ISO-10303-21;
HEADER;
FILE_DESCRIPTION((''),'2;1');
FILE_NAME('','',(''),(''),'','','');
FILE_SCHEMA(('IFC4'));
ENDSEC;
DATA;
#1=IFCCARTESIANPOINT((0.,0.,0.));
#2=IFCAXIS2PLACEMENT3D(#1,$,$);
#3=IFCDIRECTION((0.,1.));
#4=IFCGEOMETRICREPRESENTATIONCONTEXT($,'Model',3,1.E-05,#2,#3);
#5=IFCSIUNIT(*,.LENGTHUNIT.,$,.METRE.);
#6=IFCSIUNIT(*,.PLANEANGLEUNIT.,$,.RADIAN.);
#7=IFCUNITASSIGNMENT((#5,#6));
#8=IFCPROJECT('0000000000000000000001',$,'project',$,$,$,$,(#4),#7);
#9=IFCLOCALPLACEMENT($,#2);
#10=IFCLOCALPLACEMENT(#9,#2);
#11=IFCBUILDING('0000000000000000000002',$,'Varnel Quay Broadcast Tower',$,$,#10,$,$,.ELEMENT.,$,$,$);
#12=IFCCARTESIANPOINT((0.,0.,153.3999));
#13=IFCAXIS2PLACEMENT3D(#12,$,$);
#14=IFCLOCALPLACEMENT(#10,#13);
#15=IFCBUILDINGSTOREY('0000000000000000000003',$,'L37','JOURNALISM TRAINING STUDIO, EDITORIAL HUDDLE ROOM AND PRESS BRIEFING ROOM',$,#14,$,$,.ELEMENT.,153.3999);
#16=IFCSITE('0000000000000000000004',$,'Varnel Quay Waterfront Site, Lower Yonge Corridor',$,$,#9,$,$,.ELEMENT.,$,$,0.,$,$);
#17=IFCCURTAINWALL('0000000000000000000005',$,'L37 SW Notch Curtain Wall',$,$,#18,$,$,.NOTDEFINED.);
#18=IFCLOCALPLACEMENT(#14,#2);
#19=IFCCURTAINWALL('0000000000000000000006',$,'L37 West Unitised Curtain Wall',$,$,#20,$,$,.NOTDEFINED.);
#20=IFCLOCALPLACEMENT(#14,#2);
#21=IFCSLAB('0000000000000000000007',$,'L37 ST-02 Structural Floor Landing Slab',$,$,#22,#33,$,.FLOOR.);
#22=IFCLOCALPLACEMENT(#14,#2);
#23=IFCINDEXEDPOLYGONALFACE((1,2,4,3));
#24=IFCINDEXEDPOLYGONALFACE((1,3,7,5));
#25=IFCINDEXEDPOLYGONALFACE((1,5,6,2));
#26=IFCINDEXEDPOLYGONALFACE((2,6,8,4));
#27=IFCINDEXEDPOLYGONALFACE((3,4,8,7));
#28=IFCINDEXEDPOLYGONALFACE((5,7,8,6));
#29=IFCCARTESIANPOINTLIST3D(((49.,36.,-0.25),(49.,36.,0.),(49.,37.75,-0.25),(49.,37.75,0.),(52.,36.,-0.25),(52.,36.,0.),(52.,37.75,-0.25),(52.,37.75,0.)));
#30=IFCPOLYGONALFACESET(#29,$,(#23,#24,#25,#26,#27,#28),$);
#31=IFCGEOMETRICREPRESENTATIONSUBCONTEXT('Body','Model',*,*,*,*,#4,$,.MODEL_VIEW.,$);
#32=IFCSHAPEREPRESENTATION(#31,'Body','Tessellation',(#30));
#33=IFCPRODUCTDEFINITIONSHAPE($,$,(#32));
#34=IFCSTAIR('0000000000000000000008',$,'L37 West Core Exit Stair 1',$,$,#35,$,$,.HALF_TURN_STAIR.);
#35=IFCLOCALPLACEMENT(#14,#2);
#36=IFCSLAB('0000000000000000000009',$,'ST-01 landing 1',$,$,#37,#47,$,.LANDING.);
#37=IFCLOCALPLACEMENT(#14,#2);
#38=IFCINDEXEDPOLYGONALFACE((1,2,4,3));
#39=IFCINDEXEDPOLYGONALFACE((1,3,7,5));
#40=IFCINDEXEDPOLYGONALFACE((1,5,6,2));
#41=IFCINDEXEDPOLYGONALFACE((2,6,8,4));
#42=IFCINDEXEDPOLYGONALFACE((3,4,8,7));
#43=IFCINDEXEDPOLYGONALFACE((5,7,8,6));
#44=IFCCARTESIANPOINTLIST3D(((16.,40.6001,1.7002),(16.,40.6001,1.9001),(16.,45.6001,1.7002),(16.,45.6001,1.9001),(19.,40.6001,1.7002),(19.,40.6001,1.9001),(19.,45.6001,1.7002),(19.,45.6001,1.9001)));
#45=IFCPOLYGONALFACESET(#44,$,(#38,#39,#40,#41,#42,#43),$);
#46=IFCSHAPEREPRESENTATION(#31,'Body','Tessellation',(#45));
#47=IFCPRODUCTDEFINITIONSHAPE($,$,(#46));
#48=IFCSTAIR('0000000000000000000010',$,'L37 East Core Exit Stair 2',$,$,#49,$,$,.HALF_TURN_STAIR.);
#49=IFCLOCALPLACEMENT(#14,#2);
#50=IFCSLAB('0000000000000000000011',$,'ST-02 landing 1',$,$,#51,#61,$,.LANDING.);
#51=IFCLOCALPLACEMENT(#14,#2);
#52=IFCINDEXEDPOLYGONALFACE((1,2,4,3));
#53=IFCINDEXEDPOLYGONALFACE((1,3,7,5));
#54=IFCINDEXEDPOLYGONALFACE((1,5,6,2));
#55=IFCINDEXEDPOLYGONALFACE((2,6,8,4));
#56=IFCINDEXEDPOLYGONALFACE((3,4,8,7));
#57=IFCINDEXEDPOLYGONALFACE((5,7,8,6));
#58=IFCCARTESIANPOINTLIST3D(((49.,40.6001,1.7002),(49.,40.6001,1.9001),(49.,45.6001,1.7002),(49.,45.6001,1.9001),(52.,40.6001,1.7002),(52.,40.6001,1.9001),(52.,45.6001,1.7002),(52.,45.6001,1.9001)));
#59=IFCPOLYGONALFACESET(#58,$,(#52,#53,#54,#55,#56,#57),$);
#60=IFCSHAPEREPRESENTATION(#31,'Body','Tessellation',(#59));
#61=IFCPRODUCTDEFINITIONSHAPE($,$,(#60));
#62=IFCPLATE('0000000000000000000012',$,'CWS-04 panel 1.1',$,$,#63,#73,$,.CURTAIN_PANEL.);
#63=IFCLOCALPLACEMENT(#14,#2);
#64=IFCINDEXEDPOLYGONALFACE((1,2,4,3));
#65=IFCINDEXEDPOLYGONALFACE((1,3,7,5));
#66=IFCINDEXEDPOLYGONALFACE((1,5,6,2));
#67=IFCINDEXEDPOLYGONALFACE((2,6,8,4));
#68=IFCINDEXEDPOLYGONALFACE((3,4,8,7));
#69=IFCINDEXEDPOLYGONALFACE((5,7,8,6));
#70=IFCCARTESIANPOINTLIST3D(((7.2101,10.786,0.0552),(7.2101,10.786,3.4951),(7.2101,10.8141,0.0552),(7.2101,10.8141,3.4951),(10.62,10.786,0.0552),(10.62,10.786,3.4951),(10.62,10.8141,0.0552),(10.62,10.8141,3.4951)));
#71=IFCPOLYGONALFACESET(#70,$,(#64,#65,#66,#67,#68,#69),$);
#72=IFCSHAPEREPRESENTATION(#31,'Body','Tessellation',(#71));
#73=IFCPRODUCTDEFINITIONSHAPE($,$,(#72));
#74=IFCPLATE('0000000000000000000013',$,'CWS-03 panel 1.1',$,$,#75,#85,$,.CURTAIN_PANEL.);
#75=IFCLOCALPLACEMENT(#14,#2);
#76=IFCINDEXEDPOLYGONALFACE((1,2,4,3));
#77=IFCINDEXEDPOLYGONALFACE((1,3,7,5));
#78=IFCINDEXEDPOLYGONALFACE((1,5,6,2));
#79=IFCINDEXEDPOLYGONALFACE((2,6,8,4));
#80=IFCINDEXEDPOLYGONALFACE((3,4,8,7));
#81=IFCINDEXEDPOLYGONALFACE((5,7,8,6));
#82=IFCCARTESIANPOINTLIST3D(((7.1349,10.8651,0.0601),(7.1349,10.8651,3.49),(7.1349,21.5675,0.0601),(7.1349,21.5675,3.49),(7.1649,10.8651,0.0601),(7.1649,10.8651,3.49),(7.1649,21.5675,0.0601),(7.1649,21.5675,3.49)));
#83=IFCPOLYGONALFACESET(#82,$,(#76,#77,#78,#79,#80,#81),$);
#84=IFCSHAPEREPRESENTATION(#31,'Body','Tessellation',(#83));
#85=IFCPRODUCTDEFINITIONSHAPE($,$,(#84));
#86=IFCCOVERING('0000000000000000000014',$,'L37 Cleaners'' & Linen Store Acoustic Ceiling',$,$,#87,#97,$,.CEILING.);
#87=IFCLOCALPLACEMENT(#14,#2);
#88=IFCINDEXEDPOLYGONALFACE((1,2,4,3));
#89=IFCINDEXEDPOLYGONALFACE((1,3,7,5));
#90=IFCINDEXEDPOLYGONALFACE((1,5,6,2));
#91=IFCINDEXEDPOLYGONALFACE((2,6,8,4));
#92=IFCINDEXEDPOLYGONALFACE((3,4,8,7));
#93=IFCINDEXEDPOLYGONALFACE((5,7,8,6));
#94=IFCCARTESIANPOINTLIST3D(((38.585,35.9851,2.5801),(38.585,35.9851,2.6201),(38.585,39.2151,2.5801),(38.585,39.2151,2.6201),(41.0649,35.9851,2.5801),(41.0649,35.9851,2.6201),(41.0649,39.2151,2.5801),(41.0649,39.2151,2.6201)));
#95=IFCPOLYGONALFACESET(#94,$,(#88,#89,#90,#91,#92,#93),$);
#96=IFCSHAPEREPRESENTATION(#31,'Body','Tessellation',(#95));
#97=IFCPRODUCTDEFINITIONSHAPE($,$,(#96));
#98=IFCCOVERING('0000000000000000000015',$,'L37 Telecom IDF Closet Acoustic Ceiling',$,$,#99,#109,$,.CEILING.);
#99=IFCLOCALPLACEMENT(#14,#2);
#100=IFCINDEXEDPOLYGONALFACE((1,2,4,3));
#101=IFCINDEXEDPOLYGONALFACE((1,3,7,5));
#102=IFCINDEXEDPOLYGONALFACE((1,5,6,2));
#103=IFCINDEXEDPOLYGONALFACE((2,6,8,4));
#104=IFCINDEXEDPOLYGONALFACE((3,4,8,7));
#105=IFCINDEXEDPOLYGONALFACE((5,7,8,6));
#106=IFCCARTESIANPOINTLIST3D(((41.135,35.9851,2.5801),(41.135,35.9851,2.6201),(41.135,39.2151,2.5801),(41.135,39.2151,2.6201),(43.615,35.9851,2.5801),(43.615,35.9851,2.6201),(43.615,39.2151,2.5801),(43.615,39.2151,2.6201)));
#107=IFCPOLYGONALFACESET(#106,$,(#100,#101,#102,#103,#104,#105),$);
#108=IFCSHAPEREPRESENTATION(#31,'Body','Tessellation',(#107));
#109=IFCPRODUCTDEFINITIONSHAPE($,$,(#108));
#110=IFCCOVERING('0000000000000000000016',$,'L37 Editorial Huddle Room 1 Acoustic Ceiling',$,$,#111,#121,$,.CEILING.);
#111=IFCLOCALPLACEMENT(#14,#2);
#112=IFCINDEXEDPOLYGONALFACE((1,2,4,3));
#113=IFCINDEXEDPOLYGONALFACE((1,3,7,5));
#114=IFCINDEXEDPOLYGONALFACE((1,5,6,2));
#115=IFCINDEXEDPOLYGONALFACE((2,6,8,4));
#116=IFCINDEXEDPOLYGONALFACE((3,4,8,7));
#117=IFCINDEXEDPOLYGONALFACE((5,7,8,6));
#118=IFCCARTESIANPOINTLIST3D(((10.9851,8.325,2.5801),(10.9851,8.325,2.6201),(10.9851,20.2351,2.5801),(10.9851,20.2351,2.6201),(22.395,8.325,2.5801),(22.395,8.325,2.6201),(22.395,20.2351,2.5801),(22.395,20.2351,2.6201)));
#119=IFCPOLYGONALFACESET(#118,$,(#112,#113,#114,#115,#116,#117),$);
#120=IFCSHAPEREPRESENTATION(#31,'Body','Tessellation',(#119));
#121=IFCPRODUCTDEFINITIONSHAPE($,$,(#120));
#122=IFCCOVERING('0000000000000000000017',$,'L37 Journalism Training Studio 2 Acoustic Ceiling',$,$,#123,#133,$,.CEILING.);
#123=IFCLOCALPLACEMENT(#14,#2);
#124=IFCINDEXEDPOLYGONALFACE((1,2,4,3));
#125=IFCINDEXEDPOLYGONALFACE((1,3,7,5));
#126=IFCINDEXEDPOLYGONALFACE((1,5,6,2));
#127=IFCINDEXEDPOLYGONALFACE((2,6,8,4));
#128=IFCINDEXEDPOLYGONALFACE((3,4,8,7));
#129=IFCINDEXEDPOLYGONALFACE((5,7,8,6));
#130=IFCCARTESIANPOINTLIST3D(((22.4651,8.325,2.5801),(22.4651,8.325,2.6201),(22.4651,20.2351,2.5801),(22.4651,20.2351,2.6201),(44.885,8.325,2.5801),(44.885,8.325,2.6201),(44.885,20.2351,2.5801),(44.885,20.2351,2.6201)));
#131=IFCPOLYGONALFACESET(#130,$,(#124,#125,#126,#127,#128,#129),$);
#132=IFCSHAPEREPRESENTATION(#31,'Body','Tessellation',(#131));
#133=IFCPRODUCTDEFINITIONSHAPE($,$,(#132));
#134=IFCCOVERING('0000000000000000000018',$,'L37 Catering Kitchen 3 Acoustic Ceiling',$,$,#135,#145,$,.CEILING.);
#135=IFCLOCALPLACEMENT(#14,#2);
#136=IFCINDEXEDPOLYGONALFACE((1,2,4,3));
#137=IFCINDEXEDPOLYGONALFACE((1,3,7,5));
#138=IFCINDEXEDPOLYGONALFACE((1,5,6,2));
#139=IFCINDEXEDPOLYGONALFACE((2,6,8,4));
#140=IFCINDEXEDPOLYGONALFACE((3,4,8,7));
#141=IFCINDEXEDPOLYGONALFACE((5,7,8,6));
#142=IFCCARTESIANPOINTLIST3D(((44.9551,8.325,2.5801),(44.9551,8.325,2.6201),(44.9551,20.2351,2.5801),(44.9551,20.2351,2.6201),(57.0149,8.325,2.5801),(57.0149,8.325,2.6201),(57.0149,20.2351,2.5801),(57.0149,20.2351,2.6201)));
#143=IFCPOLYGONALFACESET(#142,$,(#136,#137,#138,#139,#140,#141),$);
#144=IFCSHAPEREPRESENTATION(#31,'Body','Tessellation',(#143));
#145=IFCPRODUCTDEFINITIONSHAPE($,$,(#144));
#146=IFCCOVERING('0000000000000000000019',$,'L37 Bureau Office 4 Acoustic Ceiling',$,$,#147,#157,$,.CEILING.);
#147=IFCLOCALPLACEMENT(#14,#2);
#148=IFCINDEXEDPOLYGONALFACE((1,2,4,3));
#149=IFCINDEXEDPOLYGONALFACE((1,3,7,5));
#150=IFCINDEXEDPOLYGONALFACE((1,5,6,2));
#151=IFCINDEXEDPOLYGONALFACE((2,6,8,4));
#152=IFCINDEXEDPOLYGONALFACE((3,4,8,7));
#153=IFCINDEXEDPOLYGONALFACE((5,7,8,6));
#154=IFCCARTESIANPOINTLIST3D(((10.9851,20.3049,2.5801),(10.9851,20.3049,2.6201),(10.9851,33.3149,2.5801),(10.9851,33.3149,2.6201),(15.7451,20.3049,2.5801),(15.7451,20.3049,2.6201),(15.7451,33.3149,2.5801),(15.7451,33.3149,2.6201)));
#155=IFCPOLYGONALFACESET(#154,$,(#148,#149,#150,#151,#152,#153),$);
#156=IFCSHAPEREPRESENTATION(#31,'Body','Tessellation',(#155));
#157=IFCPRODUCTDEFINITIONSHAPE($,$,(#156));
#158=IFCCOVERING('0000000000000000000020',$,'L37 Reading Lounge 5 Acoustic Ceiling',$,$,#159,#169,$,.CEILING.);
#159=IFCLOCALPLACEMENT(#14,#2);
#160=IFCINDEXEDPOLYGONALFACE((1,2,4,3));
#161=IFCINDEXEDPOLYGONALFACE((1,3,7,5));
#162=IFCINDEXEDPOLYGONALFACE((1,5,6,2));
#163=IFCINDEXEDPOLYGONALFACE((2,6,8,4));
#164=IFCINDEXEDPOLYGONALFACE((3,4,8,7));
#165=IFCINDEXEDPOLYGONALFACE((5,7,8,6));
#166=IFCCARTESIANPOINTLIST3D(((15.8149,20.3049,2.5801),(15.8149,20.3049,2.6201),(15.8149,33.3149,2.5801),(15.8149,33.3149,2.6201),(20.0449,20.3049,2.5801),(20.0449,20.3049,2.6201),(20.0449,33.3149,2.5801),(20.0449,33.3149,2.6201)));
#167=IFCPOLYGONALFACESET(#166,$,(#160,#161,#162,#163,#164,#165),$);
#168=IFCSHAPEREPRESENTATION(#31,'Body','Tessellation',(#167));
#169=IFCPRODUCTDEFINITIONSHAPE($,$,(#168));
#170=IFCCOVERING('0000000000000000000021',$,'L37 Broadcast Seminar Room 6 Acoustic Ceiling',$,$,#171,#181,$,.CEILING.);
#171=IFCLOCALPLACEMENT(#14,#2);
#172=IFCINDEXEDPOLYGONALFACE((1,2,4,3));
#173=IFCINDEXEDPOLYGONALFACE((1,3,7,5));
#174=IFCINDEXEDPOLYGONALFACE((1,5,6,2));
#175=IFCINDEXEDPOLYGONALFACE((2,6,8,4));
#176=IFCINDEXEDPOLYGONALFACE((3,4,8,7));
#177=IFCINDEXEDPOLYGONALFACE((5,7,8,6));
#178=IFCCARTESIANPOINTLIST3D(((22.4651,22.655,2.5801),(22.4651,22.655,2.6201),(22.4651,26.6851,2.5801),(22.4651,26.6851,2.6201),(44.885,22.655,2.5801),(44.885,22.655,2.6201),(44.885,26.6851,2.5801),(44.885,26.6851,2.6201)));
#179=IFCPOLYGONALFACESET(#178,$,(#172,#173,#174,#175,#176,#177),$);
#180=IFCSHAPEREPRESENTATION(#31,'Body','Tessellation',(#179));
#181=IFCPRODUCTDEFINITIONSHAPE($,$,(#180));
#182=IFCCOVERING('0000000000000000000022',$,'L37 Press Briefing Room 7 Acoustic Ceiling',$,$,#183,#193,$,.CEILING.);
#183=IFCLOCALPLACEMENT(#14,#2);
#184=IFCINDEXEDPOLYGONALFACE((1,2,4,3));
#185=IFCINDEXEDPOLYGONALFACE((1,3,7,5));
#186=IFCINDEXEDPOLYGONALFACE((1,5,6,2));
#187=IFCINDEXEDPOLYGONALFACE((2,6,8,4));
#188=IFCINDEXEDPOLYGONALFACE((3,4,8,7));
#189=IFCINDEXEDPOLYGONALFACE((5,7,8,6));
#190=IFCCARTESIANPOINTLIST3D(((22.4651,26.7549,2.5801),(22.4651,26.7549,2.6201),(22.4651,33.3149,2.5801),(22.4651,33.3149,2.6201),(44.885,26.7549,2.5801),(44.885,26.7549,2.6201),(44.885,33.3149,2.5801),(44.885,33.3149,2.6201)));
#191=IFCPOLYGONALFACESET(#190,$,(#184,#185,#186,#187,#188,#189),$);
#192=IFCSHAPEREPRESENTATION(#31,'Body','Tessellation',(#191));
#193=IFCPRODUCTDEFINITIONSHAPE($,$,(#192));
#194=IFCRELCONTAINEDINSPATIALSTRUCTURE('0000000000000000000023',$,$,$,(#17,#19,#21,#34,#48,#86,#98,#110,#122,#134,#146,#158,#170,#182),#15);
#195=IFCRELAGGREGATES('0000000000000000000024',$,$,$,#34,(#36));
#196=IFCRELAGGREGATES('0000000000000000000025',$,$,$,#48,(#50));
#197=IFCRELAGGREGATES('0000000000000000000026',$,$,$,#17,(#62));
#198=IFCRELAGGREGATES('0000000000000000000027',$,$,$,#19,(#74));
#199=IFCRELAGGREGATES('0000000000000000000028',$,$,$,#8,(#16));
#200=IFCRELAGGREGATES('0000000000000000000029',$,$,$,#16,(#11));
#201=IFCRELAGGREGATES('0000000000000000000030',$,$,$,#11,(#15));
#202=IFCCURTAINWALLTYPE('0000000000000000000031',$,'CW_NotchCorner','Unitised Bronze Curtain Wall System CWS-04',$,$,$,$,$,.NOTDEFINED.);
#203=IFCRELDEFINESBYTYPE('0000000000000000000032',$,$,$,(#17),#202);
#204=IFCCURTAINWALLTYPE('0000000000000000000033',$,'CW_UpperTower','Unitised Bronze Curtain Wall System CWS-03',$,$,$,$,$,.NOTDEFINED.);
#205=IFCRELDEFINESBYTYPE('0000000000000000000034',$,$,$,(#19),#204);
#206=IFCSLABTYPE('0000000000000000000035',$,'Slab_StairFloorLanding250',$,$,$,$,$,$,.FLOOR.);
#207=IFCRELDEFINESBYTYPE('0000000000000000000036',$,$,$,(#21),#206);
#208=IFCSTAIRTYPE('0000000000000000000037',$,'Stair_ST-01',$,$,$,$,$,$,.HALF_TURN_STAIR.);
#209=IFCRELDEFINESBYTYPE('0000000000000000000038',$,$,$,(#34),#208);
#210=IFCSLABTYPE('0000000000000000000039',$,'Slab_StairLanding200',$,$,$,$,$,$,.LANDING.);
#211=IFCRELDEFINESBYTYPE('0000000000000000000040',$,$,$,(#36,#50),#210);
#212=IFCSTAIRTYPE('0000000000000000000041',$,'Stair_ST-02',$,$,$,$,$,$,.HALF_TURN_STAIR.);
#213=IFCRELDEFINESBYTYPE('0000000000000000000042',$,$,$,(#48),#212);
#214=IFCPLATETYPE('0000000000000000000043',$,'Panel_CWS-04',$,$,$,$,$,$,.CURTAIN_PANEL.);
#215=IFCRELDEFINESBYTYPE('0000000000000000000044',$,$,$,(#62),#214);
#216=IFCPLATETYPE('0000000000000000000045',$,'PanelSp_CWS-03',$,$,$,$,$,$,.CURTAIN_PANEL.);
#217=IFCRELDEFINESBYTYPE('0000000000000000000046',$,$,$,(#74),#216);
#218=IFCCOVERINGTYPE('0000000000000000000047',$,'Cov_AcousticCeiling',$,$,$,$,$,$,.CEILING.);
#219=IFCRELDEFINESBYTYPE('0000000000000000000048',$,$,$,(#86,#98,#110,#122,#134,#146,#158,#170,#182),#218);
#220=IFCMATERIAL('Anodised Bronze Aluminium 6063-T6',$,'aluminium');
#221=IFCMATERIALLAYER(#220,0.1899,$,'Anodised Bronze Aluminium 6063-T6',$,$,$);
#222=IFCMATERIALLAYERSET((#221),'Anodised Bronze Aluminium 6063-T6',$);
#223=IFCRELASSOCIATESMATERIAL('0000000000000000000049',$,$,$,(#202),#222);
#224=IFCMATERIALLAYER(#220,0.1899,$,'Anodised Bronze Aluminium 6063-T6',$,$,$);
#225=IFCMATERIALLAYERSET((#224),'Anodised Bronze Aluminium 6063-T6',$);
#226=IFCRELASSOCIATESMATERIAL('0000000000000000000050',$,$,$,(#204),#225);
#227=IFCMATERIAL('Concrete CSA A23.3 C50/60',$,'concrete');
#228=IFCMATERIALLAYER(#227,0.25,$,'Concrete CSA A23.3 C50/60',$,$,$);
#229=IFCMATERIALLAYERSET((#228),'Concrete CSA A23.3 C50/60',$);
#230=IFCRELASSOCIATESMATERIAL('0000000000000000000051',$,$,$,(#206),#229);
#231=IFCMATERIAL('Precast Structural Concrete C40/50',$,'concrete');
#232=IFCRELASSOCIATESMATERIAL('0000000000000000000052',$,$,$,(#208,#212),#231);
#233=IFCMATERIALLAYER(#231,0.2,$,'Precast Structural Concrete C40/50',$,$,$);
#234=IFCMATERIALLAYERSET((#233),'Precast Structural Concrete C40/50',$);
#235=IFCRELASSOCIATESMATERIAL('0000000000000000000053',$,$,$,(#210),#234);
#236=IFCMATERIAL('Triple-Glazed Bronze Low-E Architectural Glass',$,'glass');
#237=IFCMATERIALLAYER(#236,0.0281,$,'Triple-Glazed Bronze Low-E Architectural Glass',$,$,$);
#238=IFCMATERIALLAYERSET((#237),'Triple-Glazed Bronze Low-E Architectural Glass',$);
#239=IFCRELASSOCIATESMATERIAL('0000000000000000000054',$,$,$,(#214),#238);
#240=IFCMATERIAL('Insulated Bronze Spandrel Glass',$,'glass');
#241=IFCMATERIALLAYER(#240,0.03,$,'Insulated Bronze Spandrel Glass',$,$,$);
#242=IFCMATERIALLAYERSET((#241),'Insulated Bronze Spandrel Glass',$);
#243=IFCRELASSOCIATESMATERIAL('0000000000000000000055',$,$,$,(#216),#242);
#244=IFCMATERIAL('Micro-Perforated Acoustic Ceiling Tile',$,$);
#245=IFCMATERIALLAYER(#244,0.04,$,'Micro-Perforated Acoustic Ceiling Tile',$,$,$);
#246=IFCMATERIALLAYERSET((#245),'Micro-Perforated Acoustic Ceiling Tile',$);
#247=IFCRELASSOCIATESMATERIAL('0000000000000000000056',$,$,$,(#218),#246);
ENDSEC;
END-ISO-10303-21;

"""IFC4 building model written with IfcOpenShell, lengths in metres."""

from ifc_helpers import new_model, si_unit, direction, frame, origin, origin_2d, place, context, subcontext, project, spatial, polyline, rectangle, outline, extrude, source, transform, mapped, material, layer, layer_set, type_object, type_shapes, element, aggregate, save


model = new_model("IFC4")

# Units and contexts
model_context = context("Model", 3, precision=1e-05, world=origin(), true_north=direction((0.0, 1.0)))
body_context = subcontext(model_context, "Body", "Model", "MODEL_VIEW")
ifc_project = project(units=[si_unit("LENGTHUNIT", "METRE"), si_unit("PLANEANGLEUNIT", "RADIAN")], contexts=[model_context])

# Site, building, storey
site_placement = place(None, origin())
site = spatial("IfcSite", under=ifc_project, at=site_placement, Name="Varnel Quay Waterfront Site, Lower Yonge Corridor", CompositionType="ELEMENT", RefElevation=0.0)
building_placement = place(site_placement, origin())
building = spatial("IfcBuilding", under=site, at=building_placement, Name="Varnel Quay Broadcast Tower", CompositionType="ELEMENT")
storey_placement = place(building_placement, frame((0.0, 0.0, 153.3999)))
storey = spatial("IfcBuildingStorey", under=building, at=storey_placement, Name="L37", Description="JOURNALISM TRAINING STUDIO, EDITORIAL HUDDLE ROOM AND PRESS BRIEFING ROOM", CompositionType="ELEMENT", Elevation=153.3999)

# Curtain walls
ifc_material_1 = material(Name="Anodised Bronze Aluminium 6063-T6", Category="aluminium")
ifc_layer_1 = layer(ifc_material_1, 0.1899, Name="Anodised Bronze Aluminium 6063-T6")
ifc_layer_set_1 = layer_set([ifc_layer_1], Name="Anodised Bronze Aluminium 6063-T6")
curtain_wall_type_1 = type_object("IfcCurtainWallType", Name="CW_NotchCorner", Description="Unitised Bronze Curtain Wall System CWS-04", PredefinedType="NOTDEFINED", material=ifc_layer_set_1)
curtain_wall_1_placement = place(storey_placement, origin())
curtain_wall_1 = element("IfcCurtainWall", 1, at=curtain_wall_1_placement, inside=storey, type_object=curtain_wall_type_1, Name="L37 SW Notch Curtain Wall", PredefinedType="NOTDEFINED")
ifc_layer_2 = layer(ifc_material_1, 0.1899, Name="Anodised Bronze Aluminium 6063-T6")
ifc_layer_set_2 = layer_set([ifc_layer_2], Name="Anodised Bronze Aluminium 6063-T6")
curtain_wall_type_2 = type_object("IfcCurtainWallType", Name="CW_UpperTower", Description="Unitised Bronze Curtain Wall System CWS-03", PredefinedType="NOTDEFINED", material=ifc_layer_set_2)
curtain_wall_2_placement = place(storey_placement, origin())
curtain_wall_2 = element("IfcCurtainWall", 2, at=curtain_wall_2_placement, inside=storey, type_object=curtain_wall_type_2, Name="L37 West Unitised Curtain Wall", PredefinedType="NOTDEFINED")

# Slab
ifc_material_2 = material(Name="Concrete CSA A23.3 C50/60", Category="concrete")
ifc_layer_3 = layer(ifc_material_2, 0.25, Name="Concrete CSA A23.3 C50/60")
ifc_layer_set_3 = layer_set([ifc_layer_3], Name="Concrete CSA A23.3 C50/60")
slab_type_1 = type_object("IfcSlabType", Name="Slab_StairFloorLanding250", PredefinedType="FLOOR", material=ifc_layer_set_3)
slab_1_placement = place(storey_placement, frame((0.0, 0.0, -0.25)))
element("IfcSlab", 3, at=slab_1_placement, inside=storey, type_object=slab_type_1, Name="L37 ST-02 Structural Floor Landing Slab", PredefinedType="FLOOR", context=body_context, shape_type="SweptSolid", body=[
    extrude(outline(polyline([(52.0, 36.0), (52.0, 37.75), (49.0, 37.75), (49.0, 36.0), (52.0, 36.0)])), origin(), (0.0, 0.0, 1.0), 0.25),
])

# Stairs, slabs
ifc_material_3 = material(Name="Precast Structural Concrete C40/50", Category="concrete")
stair_type_1 = type_object("IfcStairType", Name="Stair_ST-01", PredefinedType="HALF_TURN_STAIR", material=ifc_material_3)
stair_1_placement = place(storey_placement, origin())
stair_1 = element("IfcStair", 4, at=stair_1_placement, inside=storey, type_object=stair_type_1, Name="L37 West Core Exit Stair 1", PredefinedType="HALF_TURN_STAIR")
ifc_layer_4 = layer(ifc_material_3, 0.2, Name="Precast Structural Concrete C40/50")
ifc_layer_set_4 = layer_set([ifc_layer_4], Name="Precast Structural Concrete C40/50")
slab_type_2 = type_object("IfcSlabType", Name="Slab_StairLanding200", PredefinedType="LANDING", material=ifc_layer_set_4)
slab_2_placement = place(storey_placement, frame((0.0, 0.0, 1.7002)))
slab_2 = element("IfcSlab", 5, at=slab_2_placement, type_object=slab_type_2, Name="ST-01 landing 1", PredefinedType="LANDING", context=body_context, shape_type="SweptSolid", body=[
    extrude(outline(polyline([(19.0, 40.6001), (19.0, 45.6001), (16.0, 45.6001), (16.0, 40.6001), (19.0, 40.6001)])), origin(), (0.0, 0.0, 1.0), 0.2),
])
aggregate(stair_1, [slab_2])
stair_type_2 = type_object("IfcStairType", Name="Stair_ST-02", PredefinedType="HALF_TURN_STAIR", material=ifc_material_3)
stair_2_placement = place(storey_placement, origin())
stair_2 = element("IfcStair", 6, at=stair_2_placement, inside=storey, type_object=stair_type_2, Name="L37 East Core Exit Stair 2", PredefinedType="HALF_TURN_STAIR")
slab_3_placement = place(storey_placement, frame((0.0, 0.0, 1.7002)))
slab_3 = element("IfcSlab", 7, at=slab_3_placement, type_object=slab_type_2, Name="ST-02 landing 1", PredefinedType="LANDING", context=body_context, shape_type="SweptSolid", body=[
    extrude(outline(polyline([(52.0, 40.6001), (52.0, 45.6001), (49.0, 45.6001), (49.0, 40.6001), (52.0, 40.6001)])), origin(), (0.0, 0.0, 1.0), 0.2),
])
aggregate(stair_2, [slab_3])

# Plates
ifc_material_4 = material(Name="Triple-Glazed Bronze Low-E Architectural Glass", Category="glass")
ifc_layer_5 = layer(ifc_material_4, 0.0281, Name="Triple-Glazed Bronze Low-E Architectural Glass")
ifc_layer_set_5 = layer_set([ifc_layer_5], Name="Triple-Glazed Bronze Low-E Architectural Glass")
plate_type_1 = type_object("IfcPlateType", Name="Panel_CWS-04", PredefinedType="CURTAIN_PANEL", material=ifc_layer_set_5)
shared_shape_1 = source(origin(), body_context, "Body", "SweptSolid", [
    extrude(rectangle(XDim=3.4099, YDim=0.0281, at=origin_2d()), origin(), (0.0, 0.0, 1.0), 3.4399),
])
type_shapes(plate_type_1, [shared_shape_1])
plate_1_placement = place(storey_placement, frame((8.915, 10.8, 0.0552), z_axis=(0.0, 0.0, 1.0), x_axis=(1.0, 0.0, 0.0)))
plate_1 = element("IfcPlate", 8, at=plate_1_placement, type_object=plate_type_1, Name="CWS-04 panel 1.1", PredefinedType="CURTAIN_PANEL", context=body_context, shape_type="MappedRepresentation", body=[
    mapped(shared_shape_1, transform((0.0, 0.0, 0.0), x_axis=(1.0, 0.0, 0.0), y_axis=(0.0, 1.0, 0.0), z_axis=(0.0, 0.0, 1.0), scale=1.0)),
])
aggregate(curtain_wall_1, [plate_1])
ifc_material_5 = material(Name="Insulated Bronze Spandrel Glass", Category="glass")
ifc_layer_6 = layer(ifc_material_5, 0.03, Name="Insulated Bronze Spandrel Glass")
ifc_layer_set_6 = layer_set([ifc_layer_6], Name="Insulated Bronze Spandrel Glass")
plate_type_2 = type_object("IfcPlateType", Name="PanelSp_CWS-03", PredefinedType="CURTAIN_PANEL", material=ifc_layer_set_6)
shared_shape_2 = source(origin(), body_context, "Body", "SweptSolid", [
    extrude(rectangle(XDim=10.7024, YDim=0.03, at=origin_2d()), origin(), (0.0, 0.0, 1.0), 3.4299),
])
type_shapes(plate_type_2, [shared_shape_2])
plate_2_placement = place(storey_placement, frame((7.1499, 16.2163, 0.0601), z_axis=(0.0, 0.0, 1.0), x_axis=(0.0, 1.0, 0.0)))
plate_2 = element("IfcPlate", 9, at=plate_2_placement, type_object=plate_type_2, Name="CWS-03 panel 1.1", PredefinedType="CURTAIN_PANEL", context=body_context, shape_type="MappedRepresentation", body=[
    mapped(shared_shape_2, transform((0.0, 0.0, 0.0), x_axis=(1.0, 0.0, 0.0), y_axis=(0.0, 1.0, 0.0), z_axis=(0.0, 0.0, 1.0), scale=1.0)),
])
aggregate(curtain_wall_2, [plate_2])

# Coverings
ifc_material_6 = material(Name="Micro-Perforated Acoustic Ceiling Tile")
ifc_layer_7 = layer(ifc_material_6, 0.04, Name="Micro-Perforated Acoustic Ceiling Tile")
ifc_layer_set_7 = layer_set([ifc_layer_7], Name="Micro-Perforated Acoustic Ceiling Tile")
covering_type_1 = type_object("IfcCoveringType", Name="Cov_AcousticCeiling", PredefinedType="CEILING", material=ifc_layer_set_7)
covering_1_placement = place(storey_placement, frame((0.0, 0.0, 2.5801)))
element("IfcCovering", 10, at=covering_1_placement, inside=storey, type_object=covering_type_1, Name="L37 Cleaners' & Linen Store Acoustic Ceiling", PredefinedType="CEILING", context=body_context, shape_type="SweptSolid", body=[
    extrude(outline(polyline([(38.585, 35.9851), (41.0649, 35.9851), (41.0649, 39.2151), (38.585, 39.2151), (38.585, 35.9851)])), origin(), (0.0, 0.0, 1.0), 0.04),
])
covering_2_placement = place(storey_placement, frame((0.0, 0.0, 2.5801)))
element("IfcCovering", 11, at=covering_2_placement, inside=storey, type_object=covering_type_1, Name="L37 Telecom IDF Closet Acoustic Ceiling", PredefinedType="CEILING", context=body_context, shape_type="SweptSolid", body=[
    extrude(outline(polyline([(41.135, 35.9851), (43.615, 35.9851), (43.615, 39.2151), (41.135, 39.2151), (41.135, 35.9851)])), origin(), (0.0, 0.0, 1.0), 0.04),
])
covering_3_placement = place(storey_placement, frame((0.0, 0.0, 2.5801)))
element("IfcCovering", 12, at=covering_3_placement, inside=storey, type_object=covering_type_1, Name="L37 Editorial Huddle Room 1 Acoustic Ceiling", PredefinedType="CEILING", context=body_context, shape_type="SweptSolid", body=[
    extrude(outline(polyline([(10.9851, 8.325), (22.395, 8.325), (22.395, 20.2351), (10.9851, 20.2351), (10.9851, 8.325)])), origin(), (0.0, 0.0, 1.0), 0.04),
])
covering_4_placement = place(storey_placement, frame((0.0, 0.0, 2.5801)))
element("IfcCovering", 13, at=covering_4_placement, inside=storey, type_object=covering_type_1, Name="L37 Journalism Training Studio 2 Acoustic Ceiling", PredefinedType="CEILING", context=body_context, shape_type="SweptSolid", body=[
    extrude(outline(polyline([(22.4651, 8.325), (44.885, 8.325), (44.885, 20.2351), (22.4651, 20.2351), (22.4651, 8.325)])), origin(), (0.0, 0.0, 1.0), 0.04),
])
covering_5_placement = place(storey_placement, frame((0.0, 0.0, 2.5801)))
element("IfcCovering", 14, at=covering_5_placement, inside=storey, type_object=covering_type_1, Name="L37 Catering Kitchen 3 Acoustic Ceiling", PredefinedType="CEILING", context=body_context, shape_type="SweptSolid", body=[
    extrude(outline(polyline([(44.9551, 8.325), (57.0149, 8.325), (57.0149, 20.2351), (44.9551, 20.2351), (44.9551, 8.325)])), origin(), (0.0, 0.0, 1.0), 0.04),
])
covering_6_placement = place(storey_placement, frame((0.0, 0.0, 2.5801)))
element("IfcCovering", 15, at=covering_6_placement, inside=storey, type_object=covering_type_1, Name="L37 Bureau Office 4 Acoustic Ceiling", PredefinedType="CEILING", context=body_context, shape_type="SweptSolid", body=[
    extrude(outline(polyline([(10.9851, 20.3049), (15.7451, 20.3049), (15.7451, 33.3149), (10.9851, 33.3149), (10.9851, 20.3049)])), origin(), (0.0, 0.0, 1.0), 0.04),
])
covering_7_placement = place(storey_placement, frame((0.0, 0.0, 2.5801)))
element("IfcCovering", 16, at=covering_7_placement, inside=storey, type_object=covering_type_1, Name="L37 Reading Lounge 5 Acoustic Ceiling", PredefinedType="CEILING", context=body_context, shape_type="SweptSolid", body=[
    extrude(outline(polyline([(15.8149, 20.3049), (20.0449, 20.3049), (20.0449, 33.3149), (15.8149, 33.3149), (15.8149, 20.3049)])), origin(), (0.0, 0.0, 1.0), 0.04),
])
covering_8_placement = place(storey_placement, frame((0.0, 0.0, 2.5801)))
element("IfcCovering", 17, at=covering_8_placement, inside=storey, type_object=covering_type_1, Name="L37 Broadcast Seminar Room 6 Acoustic Ceiling", PredefinedType="CEILING", context=body_context, shape_type="SweptSolid", body=[
    extrude(outline(polyline([(22.4651, 22.655), (44.885, 22.655), (44.885, 26.6851), (22.4651, 26.6851), (22.4651, 22.655)])), origin(), (0.0, 0.0, 1.0), 0.04),
])
covering_9_placement = place(storey_placement, frame((0.0, 0.0, 2.5801)))
element("IfcCovering", 18, at=covering_9_placement, inside=storey, type_object=covering_type_1, Name="L37 Press Briefing Room 7 Acoustic Ceiling", PredefinedType="CEILING", context=body_context, shape_type="SweptSolid", body=[
    extrude(outline(polyline([(22.4651, 26.7549), (44.885, 26.7549), (44.885, 33.3149), (22.4651, 33.3149), (22.4651, 26.7549)])), origin(), (0.0, 0.0, 1.0), 0.04),
])

save(model, "model.ifc")
